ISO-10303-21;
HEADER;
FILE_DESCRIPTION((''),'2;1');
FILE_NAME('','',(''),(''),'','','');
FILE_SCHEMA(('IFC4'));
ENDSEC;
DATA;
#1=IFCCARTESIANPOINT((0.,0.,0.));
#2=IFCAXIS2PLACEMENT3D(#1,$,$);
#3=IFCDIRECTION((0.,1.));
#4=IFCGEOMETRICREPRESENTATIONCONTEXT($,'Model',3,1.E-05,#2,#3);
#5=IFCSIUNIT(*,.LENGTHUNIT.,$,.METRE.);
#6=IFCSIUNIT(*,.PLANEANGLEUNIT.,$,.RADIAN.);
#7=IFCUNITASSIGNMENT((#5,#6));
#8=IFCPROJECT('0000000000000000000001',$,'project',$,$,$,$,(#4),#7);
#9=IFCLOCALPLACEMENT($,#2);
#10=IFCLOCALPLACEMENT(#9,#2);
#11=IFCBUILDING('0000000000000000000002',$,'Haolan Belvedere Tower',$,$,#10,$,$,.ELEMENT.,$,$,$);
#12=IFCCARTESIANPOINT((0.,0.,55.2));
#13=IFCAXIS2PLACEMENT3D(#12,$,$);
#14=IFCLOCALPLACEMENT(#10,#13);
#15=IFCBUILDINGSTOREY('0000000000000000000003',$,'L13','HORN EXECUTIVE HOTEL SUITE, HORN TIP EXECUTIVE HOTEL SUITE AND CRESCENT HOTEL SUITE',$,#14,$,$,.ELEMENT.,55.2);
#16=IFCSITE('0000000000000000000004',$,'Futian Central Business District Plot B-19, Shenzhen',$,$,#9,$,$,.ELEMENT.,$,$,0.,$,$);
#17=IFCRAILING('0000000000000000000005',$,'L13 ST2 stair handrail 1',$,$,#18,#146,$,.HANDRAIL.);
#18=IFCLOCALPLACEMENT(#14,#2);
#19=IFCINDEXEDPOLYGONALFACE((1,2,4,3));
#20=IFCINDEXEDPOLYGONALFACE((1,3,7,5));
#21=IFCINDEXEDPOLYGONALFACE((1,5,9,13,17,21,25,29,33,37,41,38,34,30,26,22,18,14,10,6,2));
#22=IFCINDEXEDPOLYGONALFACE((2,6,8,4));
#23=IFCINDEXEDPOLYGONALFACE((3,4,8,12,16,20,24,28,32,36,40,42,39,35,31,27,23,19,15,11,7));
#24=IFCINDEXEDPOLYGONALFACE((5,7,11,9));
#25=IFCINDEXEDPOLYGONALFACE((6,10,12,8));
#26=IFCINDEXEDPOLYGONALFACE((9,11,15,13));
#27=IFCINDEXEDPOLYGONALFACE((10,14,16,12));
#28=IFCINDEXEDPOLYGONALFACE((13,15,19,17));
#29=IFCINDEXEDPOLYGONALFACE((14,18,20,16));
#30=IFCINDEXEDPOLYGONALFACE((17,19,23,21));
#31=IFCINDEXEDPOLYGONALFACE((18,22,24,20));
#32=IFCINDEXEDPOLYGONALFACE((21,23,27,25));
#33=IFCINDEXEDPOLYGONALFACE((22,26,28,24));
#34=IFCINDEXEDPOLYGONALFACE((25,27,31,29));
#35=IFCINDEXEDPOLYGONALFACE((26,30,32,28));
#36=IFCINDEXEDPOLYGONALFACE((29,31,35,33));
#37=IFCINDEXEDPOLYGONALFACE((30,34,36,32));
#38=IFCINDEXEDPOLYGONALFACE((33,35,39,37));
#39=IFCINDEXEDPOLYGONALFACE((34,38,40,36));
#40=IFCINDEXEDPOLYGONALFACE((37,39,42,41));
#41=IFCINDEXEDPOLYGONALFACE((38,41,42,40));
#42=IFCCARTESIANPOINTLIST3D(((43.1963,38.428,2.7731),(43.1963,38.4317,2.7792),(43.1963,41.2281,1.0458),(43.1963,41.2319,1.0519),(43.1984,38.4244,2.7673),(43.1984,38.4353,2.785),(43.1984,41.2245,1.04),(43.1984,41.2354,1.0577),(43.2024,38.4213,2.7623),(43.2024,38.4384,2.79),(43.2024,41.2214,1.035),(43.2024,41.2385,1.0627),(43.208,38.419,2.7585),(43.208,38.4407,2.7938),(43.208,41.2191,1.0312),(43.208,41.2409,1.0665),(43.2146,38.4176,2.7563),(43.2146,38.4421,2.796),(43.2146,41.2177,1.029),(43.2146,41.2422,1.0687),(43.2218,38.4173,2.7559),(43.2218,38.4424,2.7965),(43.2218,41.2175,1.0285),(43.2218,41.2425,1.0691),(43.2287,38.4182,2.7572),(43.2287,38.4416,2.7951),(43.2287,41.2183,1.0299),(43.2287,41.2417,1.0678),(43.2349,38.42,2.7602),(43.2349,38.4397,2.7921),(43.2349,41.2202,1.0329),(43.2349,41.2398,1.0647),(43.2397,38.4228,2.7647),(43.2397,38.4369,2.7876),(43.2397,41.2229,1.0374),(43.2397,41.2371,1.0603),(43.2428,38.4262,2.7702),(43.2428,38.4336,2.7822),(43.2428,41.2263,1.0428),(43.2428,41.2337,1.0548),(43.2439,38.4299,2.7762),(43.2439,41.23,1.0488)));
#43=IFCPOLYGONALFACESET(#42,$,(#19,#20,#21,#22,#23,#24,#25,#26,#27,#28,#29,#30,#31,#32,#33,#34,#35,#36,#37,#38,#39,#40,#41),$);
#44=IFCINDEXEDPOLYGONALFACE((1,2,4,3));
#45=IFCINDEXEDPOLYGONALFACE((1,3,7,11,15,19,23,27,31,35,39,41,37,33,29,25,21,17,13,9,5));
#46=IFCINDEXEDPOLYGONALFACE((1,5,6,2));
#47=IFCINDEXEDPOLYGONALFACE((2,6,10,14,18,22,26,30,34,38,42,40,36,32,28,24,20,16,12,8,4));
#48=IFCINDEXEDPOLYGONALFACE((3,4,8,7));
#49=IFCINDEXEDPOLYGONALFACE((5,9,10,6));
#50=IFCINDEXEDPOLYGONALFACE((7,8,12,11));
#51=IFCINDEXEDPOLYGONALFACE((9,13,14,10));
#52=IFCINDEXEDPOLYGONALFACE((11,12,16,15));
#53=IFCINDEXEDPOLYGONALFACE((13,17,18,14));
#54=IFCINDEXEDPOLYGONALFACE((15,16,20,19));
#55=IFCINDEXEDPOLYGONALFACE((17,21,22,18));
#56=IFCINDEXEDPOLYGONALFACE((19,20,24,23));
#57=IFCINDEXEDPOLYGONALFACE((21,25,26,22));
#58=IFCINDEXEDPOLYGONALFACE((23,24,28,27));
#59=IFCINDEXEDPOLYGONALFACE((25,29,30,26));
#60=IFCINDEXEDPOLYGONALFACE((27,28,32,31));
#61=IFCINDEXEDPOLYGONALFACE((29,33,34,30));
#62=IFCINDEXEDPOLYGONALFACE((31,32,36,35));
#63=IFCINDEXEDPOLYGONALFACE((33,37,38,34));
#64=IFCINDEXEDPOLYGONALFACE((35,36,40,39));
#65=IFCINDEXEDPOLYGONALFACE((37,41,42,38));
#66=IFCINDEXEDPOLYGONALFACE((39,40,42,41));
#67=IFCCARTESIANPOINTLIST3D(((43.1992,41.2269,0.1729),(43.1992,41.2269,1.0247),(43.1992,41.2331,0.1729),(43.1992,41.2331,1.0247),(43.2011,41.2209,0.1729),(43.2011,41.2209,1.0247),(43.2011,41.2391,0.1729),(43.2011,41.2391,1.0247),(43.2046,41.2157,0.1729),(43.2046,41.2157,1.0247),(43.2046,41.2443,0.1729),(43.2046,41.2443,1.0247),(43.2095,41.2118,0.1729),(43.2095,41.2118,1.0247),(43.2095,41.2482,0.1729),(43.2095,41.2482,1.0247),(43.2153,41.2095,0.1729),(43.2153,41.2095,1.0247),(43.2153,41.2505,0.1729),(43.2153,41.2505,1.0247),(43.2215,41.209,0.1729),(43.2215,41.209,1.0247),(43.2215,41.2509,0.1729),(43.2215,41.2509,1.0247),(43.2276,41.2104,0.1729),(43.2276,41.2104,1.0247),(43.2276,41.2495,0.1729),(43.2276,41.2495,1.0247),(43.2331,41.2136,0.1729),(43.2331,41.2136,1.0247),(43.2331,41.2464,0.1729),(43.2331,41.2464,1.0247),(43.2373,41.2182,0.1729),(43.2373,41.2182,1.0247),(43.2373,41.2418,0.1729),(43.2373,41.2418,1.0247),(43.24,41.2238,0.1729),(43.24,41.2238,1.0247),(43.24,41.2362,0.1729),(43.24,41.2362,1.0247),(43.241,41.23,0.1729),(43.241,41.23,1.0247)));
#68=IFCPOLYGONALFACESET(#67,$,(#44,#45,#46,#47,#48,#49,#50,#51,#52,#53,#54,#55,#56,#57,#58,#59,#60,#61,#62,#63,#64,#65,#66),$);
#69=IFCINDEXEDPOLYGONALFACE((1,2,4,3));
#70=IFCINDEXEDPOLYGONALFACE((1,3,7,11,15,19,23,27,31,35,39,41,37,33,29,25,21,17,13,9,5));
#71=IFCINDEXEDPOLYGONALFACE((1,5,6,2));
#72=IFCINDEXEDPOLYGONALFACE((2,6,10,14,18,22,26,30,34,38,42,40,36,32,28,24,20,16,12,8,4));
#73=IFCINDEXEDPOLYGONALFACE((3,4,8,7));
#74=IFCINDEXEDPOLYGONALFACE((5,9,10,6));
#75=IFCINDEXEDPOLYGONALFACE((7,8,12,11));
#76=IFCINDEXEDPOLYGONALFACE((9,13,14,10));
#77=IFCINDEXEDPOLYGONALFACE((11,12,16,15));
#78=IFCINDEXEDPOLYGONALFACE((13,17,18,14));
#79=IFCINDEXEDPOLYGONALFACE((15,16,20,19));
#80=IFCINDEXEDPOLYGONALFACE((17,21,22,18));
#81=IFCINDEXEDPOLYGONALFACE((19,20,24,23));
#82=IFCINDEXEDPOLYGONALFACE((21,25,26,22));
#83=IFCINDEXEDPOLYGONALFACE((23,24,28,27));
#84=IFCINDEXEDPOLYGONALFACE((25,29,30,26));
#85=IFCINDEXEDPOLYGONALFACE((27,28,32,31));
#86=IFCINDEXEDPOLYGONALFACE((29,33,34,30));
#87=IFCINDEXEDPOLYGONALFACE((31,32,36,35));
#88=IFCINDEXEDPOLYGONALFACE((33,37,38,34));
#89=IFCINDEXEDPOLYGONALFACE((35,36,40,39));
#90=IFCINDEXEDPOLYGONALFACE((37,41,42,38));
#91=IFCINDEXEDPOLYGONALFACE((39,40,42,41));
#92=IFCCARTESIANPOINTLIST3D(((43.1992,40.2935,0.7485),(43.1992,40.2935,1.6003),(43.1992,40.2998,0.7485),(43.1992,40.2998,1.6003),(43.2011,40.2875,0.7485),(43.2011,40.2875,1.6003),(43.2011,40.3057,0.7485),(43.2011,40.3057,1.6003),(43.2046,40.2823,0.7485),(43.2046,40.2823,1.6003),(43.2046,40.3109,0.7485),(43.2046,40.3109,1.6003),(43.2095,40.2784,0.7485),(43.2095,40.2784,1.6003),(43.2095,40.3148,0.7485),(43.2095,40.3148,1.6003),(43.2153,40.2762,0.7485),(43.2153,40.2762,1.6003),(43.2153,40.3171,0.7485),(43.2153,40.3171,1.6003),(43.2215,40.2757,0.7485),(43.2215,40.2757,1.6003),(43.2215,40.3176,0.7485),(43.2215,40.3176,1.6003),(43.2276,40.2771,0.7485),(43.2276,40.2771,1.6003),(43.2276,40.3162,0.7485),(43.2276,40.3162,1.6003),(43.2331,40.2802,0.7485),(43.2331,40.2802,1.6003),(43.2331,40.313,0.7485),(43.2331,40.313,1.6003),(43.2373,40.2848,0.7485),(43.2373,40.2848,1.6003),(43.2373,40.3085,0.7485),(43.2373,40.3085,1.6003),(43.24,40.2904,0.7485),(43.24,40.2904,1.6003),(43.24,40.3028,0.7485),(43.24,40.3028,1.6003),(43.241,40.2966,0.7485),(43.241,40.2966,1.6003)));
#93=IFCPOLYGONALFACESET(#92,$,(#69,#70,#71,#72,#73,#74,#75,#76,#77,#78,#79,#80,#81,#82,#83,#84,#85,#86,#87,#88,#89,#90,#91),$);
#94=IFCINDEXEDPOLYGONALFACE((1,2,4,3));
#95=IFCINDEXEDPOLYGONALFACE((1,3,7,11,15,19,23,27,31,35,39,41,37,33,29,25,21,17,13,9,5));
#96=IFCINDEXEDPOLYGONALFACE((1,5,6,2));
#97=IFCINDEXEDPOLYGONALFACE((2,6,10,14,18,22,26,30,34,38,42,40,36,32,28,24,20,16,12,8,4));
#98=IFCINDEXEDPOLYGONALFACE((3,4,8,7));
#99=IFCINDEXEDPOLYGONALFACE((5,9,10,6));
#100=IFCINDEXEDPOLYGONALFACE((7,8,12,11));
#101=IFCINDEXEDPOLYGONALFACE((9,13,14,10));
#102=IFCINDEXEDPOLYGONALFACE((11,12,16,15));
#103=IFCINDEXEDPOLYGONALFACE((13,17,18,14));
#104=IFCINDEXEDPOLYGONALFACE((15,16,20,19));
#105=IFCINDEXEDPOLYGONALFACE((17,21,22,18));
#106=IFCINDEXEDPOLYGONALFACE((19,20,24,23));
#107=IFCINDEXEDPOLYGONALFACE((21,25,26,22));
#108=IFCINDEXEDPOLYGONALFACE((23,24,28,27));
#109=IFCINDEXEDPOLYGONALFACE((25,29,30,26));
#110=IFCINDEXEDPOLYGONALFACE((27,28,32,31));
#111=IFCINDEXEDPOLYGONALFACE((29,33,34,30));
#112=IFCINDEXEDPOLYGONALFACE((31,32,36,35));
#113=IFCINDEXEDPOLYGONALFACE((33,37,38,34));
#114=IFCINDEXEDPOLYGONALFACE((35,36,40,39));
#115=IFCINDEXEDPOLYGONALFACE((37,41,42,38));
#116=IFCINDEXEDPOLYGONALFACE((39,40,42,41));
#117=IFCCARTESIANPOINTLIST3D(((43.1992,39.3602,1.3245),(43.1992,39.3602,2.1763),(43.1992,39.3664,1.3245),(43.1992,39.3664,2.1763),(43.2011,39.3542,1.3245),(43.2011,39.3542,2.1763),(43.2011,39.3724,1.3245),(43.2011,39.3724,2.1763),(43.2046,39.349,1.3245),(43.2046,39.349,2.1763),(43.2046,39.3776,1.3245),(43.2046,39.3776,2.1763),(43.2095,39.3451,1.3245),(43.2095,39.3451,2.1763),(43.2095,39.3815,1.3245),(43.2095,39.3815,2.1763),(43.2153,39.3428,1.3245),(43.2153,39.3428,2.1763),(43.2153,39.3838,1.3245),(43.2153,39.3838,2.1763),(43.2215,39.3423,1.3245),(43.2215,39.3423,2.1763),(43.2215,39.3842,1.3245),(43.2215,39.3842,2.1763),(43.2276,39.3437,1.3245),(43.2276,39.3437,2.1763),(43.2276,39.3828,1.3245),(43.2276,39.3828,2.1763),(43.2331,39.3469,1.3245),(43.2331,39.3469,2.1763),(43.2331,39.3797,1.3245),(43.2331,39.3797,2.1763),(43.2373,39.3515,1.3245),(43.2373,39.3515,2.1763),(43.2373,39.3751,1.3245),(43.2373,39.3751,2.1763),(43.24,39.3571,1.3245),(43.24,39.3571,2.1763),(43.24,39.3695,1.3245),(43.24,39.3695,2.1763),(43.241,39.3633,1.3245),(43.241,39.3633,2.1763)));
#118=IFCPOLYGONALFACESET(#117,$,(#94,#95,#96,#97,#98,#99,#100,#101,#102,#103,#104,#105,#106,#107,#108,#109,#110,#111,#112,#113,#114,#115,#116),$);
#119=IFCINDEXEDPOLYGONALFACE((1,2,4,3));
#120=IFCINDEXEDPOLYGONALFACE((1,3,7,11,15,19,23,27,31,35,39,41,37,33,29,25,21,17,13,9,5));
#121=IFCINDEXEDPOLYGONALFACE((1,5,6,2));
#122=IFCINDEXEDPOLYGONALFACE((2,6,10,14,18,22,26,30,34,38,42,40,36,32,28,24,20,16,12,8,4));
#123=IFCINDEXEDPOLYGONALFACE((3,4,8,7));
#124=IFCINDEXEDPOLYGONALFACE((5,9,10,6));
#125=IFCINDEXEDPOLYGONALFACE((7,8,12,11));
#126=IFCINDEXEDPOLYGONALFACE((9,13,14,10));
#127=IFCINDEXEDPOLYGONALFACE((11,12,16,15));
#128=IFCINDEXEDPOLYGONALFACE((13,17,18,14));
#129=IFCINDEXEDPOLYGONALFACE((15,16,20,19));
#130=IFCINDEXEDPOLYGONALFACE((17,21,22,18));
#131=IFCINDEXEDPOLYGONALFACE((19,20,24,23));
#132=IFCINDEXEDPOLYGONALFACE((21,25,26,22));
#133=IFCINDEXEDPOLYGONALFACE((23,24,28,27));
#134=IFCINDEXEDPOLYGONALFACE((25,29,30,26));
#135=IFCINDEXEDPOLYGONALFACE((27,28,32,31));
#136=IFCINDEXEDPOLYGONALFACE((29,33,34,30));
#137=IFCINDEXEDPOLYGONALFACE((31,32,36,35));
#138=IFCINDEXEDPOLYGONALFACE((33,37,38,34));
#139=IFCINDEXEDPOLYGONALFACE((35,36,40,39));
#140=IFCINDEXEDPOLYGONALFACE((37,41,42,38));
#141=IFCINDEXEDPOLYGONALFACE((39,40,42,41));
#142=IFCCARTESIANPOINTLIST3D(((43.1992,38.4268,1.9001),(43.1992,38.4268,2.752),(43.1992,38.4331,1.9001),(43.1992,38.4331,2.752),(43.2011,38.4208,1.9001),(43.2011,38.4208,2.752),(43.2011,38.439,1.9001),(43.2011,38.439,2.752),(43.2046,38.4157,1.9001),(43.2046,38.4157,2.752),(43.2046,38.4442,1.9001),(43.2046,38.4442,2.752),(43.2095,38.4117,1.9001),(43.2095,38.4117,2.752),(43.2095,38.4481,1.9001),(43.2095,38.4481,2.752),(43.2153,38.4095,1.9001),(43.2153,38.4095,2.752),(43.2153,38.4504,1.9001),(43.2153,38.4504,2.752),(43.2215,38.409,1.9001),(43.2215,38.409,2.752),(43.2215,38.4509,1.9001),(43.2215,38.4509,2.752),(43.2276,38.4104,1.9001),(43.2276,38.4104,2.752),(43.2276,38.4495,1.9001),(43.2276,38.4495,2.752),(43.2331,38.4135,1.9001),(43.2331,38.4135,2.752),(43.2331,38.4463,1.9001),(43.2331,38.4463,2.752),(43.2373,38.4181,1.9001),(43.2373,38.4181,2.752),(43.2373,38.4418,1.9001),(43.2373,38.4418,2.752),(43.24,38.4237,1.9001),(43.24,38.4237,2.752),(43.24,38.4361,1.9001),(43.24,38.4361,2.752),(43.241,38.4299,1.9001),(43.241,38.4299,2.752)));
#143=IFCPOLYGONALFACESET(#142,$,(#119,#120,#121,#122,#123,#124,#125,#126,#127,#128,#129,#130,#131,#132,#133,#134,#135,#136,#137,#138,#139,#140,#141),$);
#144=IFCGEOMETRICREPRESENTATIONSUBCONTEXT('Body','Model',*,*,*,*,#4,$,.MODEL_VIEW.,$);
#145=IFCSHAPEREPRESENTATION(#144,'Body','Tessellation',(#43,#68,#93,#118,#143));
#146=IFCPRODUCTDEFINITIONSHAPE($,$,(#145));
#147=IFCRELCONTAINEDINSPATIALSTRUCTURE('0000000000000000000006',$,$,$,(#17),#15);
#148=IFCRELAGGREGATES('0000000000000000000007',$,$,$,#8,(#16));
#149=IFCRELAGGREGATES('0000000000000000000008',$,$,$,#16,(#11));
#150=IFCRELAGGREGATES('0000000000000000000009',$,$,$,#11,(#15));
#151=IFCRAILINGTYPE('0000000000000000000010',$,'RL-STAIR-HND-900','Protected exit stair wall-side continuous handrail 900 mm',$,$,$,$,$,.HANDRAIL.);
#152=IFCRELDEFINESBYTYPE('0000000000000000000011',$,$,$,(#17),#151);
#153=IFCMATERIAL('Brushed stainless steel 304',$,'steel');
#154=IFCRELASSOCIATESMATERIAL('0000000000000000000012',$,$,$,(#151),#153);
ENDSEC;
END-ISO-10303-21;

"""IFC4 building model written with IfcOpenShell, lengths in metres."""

from ifc_helpers import new_model, si_unit, direction, frame, origin, origin_2d, place, context, subcontext, project, spatial, circle, extrude, material, type_object, element, save


model = new_model("IFC4")

# Units and contexts
model_context = context("Model", 3, precision=1e-05, world=origin(), true_north=direction((0.0, 1.0)))
body_context = subcontext(model_context, "Body", "Model", "MODEL_VIEW")
ifc_project = project(units=[si_unit("LENGTHUNIT", "METRE"), si_unit("PLANEANGLEUNIT", "RADIAN")], contexts=[model_context])

# Site, building, storey
site_placement = place(None, origin())
site = spatial("IfcSite", under=ifc_project, at=site_placement, Name="Futian Central Business District Plot B-19, Shenzhen", CompositionType="ELEMENT", RefElevation=0.0)
building_placement = place(site_placement, origin())
building = spatial("IfcBuilding", under=site, at=building_placement, Name="Haolan Belvedere Tower", CompositionType="ELEMENT")
storey_placement = place(building_placement, frame((0.0, 0.0, 55.2)))
storey = spatial("IfcBuildingStorey", under=building, at=storey_placement, Name="L13", Description="HORN EXECUTIVE HOTEL SUITE, HORN TIP EXECUTIVE HOTEL SUITE AND CRESCENT HOTEL SUITE", CompositionType="ELEMENT", Elevation=55.2)

# Railing
ifc_material_1 = material(Name="Brushed stainless steel 304", Category="steel")
railing_type_1 = type_object("IfcRailingType", Name="RL-STAIR-HND-900", Description="Protected exit stair wall-side continuous handrail 900 mm", PredefinedType="HANDRAIL", material=ifc_material_1)
railing_1_placement = place(storey_placement, frame((43.22, 41.23, 0.1729)))
element("IfcRailing", 1, at=railing_1_placement, inside=storey, type_object=railing_type_1, Name="L13 ST2 stair handrail 1", PredefinedType="HANDRAIL", context=body_context, shape_type="SweptSolid", body=[
    extrude(circle(Radius=0.0239, at=origin_2d()), frame((0.0, 0.0, 0.876), z_axis=(0.0, -0.85109, 0.52502), x_axis=(1.0, 0.0, 0.0)), (0.0, 0.0, 1.0), 3.29),
    extrude(circle(Radius=0.021, at=origin_2d()), origin(), (0.0, 0.0, 1.0), 0.8518),
    extrude(circle(Radius=0.021, at=origin_2d()), frame((0.0, -0.9333, 0.5757)), (0.0, 0.0, 1.0), 0.8518),
    extrude(circle(Radius=0.021, at=origin_2d()), frame((0.0, -1.8667, 1.1516)), (0.0, 0.0, 1.0), 0.8518),
    extrude(circle(Radius=0.021, at=origin_2d()), frame((0.0, -2.8, 1.7273)), (0.0, 0.0, 1.0), 0.8518),
])

save(model, "model.ifc")
